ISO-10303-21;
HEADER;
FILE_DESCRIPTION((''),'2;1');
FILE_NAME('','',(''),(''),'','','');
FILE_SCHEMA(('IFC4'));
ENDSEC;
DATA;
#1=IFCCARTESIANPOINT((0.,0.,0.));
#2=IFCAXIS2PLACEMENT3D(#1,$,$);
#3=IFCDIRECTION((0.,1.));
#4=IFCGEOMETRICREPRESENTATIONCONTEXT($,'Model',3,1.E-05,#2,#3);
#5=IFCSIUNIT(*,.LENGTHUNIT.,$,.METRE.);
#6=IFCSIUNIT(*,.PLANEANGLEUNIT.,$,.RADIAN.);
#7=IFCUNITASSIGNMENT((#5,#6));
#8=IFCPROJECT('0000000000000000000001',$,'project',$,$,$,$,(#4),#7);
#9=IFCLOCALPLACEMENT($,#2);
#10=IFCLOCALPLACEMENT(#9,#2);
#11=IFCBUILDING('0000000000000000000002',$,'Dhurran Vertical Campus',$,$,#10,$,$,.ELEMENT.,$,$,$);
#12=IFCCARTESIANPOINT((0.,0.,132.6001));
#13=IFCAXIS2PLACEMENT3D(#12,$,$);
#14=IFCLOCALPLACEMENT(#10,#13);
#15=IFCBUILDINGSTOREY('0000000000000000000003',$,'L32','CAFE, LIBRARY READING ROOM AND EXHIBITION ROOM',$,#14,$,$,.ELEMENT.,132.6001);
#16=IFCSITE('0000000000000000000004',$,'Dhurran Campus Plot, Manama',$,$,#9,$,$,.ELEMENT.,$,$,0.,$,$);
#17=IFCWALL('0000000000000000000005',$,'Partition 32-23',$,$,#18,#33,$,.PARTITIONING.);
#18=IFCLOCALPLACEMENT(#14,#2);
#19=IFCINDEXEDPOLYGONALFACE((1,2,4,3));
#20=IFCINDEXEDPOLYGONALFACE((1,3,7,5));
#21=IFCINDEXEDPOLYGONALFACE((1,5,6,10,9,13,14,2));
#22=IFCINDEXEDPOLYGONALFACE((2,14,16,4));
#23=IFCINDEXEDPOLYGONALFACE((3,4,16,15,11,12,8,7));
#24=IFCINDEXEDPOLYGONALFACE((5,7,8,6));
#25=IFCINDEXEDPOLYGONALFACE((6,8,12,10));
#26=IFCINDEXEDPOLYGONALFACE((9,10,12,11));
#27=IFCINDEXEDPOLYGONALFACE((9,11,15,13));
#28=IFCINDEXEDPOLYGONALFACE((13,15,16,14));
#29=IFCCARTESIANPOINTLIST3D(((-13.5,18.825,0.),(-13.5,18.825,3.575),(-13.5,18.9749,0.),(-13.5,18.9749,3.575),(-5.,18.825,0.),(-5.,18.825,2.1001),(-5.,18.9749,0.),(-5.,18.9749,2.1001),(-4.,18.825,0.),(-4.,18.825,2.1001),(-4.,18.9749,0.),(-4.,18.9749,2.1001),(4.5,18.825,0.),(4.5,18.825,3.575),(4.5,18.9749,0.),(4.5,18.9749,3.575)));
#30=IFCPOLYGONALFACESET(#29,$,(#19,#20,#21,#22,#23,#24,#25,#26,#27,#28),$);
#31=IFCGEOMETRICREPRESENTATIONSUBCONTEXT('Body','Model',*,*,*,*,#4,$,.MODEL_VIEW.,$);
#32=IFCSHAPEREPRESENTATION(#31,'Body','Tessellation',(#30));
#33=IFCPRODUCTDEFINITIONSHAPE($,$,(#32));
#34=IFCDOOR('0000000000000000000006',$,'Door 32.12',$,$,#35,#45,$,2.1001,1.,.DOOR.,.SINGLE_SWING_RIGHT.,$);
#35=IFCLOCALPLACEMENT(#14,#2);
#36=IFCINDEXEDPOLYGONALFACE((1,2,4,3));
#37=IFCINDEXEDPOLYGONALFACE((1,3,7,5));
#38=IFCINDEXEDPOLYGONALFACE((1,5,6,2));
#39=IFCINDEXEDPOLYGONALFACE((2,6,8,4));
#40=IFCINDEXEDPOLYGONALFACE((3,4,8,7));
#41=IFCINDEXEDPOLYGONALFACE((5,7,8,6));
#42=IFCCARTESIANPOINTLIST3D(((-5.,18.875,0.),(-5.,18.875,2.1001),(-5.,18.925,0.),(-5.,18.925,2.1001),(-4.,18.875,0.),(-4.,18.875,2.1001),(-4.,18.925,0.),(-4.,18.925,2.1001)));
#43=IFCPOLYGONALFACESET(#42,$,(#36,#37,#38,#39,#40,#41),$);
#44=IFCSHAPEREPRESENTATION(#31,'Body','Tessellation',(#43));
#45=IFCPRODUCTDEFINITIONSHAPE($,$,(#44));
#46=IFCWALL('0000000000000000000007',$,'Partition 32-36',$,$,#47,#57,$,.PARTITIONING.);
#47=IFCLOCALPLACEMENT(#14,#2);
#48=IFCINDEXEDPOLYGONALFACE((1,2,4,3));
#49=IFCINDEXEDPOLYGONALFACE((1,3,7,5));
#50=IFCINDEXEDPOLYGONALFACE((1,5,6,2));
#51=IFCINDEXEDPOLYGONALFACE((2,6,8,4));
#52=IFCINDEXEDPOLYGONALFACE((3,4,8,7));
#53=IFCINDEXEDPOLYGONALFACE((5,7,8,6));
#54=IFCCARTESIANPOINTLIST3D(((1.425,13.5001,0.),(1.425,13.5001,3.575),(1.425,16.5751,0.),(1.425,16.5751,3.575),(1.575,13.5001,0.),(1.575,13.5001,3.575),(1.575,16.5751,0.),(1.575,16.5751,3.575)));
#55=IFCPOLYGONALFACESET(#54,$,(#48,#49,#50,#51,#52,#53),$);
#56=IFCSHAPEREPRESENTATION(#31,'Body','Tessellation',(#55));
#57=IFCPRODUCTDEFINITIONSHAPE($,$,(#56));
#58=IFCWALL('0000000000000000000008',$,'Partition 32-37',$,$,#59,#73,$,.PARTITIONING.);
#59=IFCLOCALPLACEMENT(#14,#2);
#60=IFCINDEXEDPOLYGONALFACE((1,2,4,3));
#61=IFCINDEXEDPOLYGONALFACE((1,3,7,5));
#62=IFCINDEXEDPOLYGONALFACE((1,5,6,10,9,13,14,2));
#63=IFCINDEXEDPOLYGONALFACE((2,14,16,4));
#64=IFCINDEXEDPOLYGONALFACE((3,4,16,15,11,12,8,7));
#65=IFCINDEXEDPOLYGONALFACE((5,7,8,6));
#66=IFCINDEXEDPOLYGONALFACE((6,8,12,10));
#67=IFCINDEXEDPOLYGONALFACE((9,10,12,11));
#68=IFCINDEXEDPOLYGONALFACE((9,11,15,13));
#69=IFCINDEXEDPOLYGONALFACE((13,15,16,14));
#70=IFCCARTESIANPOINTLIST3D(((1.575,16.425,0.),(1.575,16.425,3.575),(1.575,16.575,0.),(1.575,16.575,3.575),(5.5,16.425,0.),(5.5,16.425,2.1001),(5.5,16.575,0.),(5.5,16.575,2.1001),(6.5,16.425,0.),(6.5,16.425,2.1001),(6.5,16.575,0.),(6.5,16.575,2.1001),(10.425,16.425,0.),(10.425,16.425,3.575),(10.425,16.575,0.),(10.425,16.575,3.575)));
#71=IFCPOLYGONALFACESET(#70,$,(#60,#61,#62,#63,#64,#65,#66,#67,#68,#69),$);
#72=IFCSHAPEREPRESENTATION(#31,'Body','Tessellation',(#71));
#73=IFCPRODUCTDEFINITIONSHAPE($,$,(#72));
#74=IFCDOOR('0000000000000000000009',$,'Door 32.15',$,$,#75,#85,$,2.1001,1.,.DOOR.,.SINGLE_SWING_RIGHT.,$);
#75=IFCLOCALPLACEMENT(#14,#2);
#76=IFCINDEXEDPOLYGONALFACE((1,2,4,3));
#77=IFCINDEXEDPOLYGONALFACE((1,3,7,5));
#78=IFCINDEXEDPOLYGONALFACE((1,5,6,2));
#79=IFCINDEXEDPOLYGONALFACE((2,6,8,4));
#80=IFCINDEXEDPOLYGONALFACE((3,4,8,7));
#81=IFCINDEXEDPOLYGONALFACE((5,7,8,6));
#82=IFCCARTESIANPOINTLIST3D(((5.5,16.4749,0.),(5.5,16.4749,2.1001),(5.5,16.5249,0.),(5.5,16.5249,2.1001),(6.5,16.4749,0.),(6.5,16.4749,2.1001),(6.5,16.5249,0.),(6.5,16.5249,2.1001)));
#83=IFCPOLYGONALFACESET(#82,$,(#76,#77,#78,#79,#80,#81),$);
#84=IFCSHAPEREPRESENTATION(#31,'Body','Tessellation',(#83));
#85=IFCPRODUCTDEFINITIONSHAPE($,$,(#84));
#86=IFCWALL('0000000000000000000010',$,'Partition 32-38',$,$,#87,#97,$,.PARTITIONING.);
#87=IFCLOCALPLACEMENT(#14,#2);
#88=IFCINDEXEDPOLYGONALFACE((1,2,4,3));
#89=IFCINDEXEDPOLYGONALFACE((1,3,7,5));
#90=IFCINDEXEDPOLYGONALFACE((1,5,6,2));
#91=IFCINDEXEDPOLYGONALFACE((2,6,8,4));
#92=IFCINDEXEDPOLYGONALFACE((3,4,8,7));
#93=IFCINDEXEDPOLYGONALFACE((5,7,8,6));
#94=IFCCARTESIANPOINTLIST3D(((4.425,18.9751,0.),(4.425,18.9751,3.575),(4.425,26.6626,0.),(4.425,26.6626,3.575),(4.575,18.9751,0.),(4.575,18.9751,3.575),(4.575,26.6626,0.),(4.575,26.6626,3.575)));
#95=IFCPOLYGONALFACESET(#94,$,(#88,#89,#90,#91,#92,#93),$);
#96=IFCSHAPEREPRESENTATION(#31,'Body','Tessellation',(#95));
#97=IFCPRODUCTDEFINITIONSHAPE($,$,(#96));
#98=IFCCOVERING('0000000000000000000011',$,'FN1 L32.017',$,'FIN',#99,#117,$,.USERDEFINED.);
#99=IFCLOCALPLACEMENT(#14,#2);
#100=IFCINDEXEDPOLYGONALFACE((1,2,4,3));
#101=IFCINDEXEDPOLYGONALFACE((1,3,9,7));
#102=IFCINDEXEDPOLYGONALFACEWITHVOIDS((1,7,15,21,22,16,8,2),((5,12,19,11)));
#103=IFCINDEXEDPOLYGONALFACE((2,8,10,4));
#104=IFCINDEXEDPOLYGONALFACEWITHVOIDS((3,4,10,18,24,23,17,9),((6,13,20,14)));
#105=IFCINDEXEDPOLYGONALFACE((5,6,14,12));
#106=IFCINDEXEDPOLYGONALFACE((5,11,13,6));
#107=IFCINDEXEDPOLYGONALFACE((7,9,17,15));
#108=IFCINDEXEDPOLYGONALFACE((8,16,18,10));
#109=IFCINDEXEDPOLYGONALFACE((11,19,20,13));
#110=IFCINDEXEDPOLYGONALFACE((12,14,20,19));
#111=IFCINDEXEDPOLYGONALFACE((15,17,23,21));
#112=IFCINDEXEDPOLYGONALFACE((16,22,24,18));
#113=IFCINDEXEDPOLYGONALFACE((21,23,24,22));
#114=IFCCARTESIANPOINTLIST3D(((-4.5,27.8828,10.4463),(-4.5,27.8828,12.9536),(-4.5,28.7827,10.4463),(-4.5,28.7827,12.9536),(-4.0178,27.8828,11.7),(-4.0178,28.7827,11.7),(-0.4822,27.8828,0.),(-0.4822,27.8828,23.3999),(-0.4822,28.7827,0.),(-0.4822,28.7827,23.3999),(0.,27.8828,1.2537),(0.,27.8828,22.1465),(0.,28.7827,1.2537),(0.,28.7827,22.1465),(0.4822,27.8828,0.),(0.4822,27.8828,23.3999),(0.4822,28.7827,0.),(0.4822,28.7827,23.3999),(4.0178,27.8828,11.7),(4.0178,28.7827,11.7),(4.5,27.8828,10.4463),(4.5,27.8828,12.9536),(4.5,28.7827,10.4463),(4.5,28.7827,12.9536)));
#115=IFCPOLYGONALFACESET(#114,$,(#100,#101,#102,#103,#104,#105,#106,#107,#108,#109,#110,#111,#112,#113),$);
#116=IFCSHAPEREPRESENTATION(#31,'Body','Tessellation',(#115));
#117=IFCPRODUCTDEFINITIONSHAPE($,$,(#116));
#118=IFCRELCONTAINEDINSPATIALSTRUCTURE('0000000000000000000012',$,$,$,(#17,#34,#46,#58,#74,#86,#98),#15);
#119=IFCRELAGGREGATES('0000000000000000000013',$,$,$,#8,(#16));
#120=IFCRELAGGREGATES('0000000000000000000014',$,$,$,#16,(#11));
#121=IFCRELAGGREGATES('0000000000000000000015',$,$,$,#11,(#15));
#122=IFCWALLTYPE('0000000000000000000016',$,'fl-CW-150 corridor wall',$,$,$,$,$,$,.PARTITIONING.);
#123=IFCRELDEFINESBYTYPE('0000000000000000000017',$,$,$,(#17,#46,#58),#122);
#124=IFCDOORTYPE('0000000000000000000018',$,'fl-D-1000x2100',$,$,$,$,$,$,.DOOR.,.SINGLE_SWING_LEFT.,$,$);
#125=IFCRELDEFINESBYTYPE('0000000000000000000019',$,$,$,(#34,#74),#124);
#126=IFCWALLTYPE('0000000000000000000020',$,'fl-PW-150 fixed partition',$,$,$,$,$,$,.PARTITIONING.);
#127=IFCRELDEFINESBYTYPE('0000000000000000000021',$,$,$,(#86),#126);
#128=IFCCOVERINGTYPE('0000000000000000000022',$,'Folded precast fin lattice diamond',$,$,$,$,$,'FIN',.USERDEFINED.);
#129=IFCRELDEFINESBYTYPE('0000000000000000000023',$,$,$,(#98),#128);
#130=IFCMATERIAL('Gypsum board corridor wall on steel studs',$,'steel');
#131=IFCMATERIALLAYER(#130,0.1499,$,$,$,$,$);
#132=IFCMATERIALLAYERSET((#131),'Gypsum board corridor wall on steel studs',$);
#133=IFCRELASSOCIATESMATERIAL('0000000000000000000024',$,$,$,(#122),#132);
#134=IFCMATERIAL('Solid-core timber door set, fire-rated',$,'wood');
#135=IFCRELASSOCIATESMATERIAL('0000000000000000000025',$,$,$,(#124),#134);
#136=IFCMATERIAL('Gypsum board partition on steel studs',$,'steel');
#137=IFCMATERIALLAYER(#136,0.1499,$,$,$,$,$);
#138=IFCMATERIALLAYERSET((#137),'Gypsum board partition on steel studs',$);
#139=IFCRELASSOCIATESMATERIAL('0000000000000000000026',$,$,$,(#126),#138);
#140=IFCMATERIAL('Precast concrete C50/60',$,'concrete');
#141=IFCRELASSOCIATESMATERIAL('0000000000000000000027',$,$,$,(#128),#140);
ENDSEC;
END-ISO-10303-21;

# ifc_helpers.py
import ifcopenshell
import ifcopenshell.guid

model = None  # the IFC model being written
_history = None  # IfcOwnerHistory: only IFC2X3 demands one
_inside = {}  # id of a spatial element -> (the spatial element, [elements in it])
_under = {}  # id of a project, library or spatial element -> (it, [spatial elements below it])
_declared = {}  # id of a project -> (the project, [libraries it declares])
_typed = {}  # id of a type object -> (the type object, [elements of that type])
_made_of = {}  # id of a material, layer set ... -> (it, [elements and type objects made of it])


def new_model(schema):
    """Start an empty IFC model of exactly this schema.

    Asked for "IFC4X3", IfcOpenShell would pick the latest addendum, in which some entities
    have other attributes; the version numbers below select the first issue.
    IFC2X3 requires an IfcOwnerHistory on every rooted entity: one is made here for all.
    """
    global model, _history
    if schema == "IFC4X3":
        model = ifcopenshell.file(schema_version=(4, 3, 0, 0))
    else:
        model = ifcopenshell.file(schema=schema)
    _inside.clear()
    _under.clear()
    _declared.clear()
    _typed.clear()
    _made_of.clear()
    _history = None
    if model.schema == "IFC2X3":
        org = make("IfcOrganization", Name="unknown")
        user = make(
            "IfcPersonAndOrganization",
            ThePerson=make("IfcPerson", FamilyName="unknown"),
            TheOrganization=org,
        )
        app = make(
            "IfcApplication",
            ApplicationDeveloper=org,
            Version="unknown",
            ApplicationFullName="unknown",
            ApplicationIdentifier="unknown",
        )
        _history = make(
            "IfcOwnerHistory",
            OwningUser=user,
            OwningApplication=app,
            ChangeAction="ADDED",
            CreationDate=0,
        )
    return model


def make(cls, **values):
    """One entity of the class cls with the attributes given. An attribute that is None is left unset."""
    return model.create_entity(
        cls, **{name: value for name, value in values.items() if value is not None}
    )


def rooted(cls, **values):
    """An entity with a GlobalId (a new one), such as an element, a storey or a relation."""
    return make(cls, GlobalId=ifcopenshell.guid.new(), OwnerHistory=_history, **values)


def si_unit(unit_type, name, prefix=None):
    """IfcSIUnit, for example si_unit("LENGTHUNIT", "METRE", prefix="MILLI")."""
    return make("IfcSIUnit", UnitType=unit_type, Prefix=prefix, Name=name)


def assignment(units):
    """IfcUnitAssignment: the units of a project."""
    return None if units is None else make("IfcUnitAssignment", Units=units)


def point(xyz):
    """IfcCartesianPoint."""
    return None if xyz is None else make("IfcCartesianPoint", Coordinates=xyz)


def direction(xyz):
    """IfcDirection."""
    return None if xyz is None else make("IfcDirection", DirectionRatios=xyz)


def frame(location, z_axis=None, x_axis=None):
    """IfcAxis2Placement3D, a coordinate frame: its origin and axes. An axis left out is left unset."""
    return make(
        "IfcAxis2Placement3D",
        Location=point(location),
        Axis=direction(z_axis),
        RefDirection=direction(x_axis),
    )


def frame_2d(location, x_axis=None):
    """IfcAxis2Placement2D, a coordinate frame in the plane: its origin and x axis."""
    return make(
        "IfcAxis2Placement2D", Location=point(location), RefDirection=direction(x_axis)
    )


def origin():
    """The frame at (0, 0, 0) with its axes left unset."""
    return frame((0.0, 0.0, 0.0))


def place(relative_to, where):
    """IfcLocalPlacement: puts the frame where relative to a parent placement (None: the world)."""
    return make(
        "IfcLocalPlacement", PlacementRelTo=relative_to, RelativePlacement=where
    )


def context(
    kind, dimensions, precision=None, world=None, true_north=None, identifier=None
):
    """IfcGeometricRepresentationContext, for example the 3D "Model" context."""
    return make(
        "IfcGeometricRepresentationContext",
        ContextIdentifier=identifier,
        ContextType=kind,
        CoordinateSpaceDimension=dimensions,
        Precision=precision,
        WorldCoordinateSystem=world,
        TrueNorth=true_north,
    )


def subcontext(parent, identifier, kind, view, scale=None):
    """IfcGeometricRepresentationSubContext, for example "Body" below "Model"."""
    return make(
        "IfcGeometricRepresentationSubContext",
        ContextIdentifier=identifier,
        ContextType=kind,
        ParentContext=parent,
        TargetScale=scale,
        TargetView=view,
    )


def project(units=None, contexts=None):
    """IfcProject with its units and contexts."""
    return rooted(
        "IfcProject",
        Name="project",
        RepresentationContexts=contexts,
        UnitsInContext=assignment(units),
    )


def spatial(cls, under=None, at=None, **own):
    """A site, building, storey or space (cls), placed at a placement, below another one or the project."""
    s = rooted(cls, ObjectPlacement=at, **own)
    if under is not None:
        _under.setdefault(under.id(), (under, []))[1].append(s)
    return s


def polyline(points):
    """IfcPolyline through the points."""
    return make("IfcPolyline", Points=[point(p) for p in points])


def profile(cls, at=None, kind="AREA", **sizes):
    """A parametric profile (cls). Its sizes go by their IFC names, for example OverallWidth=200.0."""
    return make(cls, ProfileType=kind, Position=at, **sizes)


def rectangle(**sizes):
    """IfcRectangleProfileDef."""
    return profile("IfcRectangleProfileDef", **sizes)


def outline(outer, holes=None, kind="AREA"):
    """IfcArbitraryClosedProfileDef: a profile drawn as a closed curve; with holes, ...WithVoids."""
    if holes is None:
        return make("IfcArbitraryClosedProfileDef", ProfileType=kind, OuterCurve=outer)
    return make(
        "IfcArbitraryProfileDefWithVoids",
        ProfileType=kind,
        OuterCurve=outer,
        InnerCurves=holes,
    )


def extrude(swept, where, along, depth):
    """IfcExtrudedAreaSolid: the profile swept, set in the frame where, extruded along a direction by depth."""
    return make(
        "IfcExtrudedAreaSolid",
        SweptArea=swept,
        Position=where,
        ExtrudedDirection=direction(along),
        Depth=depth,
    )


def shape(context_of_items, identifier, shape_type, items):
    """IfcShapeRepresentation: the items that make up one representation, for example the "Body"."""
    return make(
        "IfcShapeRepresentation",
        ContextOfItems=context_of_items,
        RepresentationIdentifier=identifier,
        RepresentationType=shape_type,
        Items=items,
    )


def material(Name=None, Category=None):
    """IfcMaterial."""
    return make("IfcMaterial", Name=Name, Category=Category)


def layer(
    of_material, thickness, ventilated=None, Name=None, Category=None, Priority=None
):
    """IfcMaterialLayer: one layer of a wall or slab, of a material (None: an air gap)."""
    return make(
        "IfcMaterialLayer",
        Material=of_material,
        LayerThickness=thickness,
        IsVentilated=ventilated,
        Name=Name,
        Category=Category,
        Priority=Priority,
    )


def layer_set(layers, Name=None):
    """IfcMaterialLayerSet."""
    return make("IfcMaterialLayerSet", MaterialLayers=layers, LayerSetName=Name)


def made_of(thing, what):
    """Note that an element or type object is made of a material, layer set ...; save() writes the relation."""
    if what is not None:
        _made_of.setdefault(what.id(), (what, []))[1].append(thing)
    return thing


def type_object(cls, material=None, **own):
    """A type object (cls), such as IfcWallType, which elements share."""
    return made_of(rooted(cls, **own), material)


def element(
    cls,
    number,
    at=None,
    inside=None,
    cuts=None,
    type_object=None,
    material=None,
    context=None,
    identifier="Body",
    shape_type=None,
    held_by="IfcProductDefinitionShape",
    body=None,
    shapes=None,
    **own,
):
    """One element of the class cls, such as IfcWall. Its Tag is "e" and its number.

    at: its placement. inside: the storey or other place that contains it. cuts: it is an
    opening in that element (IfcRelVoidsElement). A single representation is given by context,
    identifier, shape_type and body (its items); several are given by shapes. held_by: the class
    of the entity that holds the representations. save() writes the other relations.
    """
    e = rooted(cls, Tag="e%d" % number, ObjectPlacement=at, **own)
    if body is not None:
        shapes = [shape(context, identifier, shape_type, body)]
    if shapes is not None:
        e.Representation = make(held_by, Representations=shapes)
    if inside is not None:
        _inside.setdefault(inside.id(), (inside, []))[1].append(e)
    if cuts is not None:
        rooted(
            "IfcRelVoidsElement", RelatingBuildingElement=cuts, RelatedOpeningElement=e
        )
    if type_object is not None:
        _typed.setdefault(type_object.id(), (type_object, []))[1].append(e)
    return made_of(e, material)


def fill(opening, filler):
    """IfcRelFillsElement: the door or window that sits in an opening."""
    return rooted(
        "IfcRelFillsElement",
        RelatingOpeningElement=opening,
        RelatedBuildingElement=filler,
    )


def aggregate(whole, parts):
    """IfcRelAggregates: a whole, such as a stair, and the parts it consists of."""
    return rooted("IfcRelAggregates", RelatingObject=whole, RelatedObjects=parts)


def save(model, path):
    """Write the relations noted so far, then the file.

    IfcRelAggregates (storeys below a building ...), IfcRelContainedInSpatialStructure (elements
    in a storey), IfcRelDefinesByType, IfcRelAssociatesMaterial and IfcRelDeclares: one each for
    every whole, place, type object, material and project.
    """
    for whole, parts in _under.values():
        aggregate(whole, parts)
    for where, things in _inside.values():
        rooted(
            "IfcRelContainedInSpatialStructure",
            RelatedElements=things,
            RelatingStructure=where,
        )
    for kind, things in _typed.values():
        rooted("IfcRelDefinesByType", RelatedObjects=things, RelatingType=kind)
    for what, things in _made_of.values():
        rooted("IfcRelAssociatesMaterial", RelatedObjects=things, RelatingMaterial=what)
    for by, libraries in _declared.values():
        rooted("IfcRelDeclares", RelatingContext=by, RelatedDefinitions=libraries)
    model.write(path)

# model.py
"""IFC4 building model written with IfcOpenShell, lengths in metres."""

from ifc_helpers import new_model, si_unit, direction, frame, frame_2d, origin, place, context, subcontext, project, spatial, polyline, rectangle, outline, extrude, material, layer, layer_set, type_object, element, fill, save


model = new_model("IFC4")

# Units and contexts
model_context = context("Model", 3, precision=1e-05, world=origin(), true_north=direction((0.0, 1.0)))
body_context = subcontext(model_context, "Body", "Model", "MODEL_VIEW")
ifc_project = project(units=[si_unit("LENGTHUNIT", "METRE"), si_unit("PLANEANGLEUNIT", "RADIAN")], contexts=[model_context])

# Site, building, storey
site_placement = place(None, origin())
site = spatial("IfcSite", under=ifc_project, at=site_placement, Name="Dhurran Campus Plot, Manama", CompositionType="ELEMENT", RefElevation=0.0)
building_placement = place(site_placement, origin())
building = spatial("IfcBuilding", under=site, at=building_placement, Name="Dhurran Vertical Campus", CompositionType="ELEMENT")
storey_placement = place(building_placement, frame((0.0, 0.0, 132.6001)))
storey = spatial("IfcBuildingStorey", under=building, at=storey_placement, Name="L32", Description="CAFE, LIBRARY READING ROOM AND EXHIBITION ROOM", CompositionType="ELEMENT", Elevation=132.6001)

# Wall, opening, door
ifc_material_1 = material(Name="Gypsum board corridor wall on steel studs", Category="steel")
ifc_layer_1 = layer(ifc_material_1, 0.1499)
ifc_layer_set_1 = layer_set([ifc_layer_1], Name="Gypsum board corridor wall on steel studs")
wall_type_1 = type_object("IfcWallType", Name="fl-CW-150 corridor wall", PredefinedType="PARTITIONING", material=ifc_layer_set_1)
wall_1_placement = place(storey_placement, frame((4.5, 18.8999, 0.0), z_axis=(0.0, 0.0, 1.0), x_axis=(-1.0, 0.0, 0.0)))
wall_1 = element("IfcWall", 1, at=wall_1_placement, inside=storey, type_object=wall_type_1, Name="Partition 32-23", PredefinedType="PARTITIONING", context=body_context, shape_type="SweptSolid", body=[
    extrude(rectangle(XDim=18.0, YDim=0.1499, at=frame_2d((9.0, 0.0))), origin(), (0.0, 0.0, 1.0), 3.575),
])
opening_1_placement = place(wall_1_placement, frame((8.5, 0.0, 0.0)))
opening_1 = element("IfcOpeningElement", 2, at=opening_1_placement, cuts=wall_1, PredefinedType="OPENING", context=body_context, shape_type="SweptSolid", body=[
    extrude(rectangle(XDim=1.0, YDim=2.1001, at=frame_2d((0.5, 1.05))), frame((0.0, 0.085, 0.0), z_axis=(0.0, -1.0, 0.0), x_axis=(1.0, 0.0, 0.0)), (0.0, 0.0, 1.0), 0.1699),
])
ifc_material_2 = material(Name="Solid-core timber door set, fire-rated", Category="wood")
door_type = type_object("IfcDoorType", Name="fl-D-1000x2100", OperationType="SINGLE_SWING_LEFT", PredefinedType="DOOR", material=ifc_material_2)
door_1_placement = place(opening_1_placement, origin())
door_1 = element("IfcDoor", 3, at=door_1_placement, inside=storey, type_object=door_type, Name="Door 32.12", OperationType="SINGLE_SWING_RIGHT", OverallHeight=2.1001, OverallWidth=1.0, PredefinedType="DOOR", context=body_context, shape_type="SweptSolid", body=[
    extrude(rectangle(XDim=1.0, YDim=2.1001, at=frame_2d((0.5, 1.05))), frame((0.0, 0.0249, 0.0), z_axis=(0.0, -1.0, 0.0), x_axis=(1.0, 0.0, 0.0)), (0.0, 0.0, 1.0), 0.05),
])
fill(opening_1, door_1)

# Wall
wall_2_placement = place(storey_placement, frame((1.5, 13.5, 0.0), z_axis=(0.0, 0.0, 1.0), x_axis=(0.0, 1.0, 0.0)))
element("IfcWall", 4, at=wall_2_placement, inside=storey, type_object=wall_type_1, Name="Partition 32-36", PredefinedType="PARTITIONING", context=body_context, shape_type="SweptSolid", body=[
    extrude(rectangle(XDim=3.075, YDim=0.1499, at=frame_2d((1.5376, 0.0))), origin(), (0.0, 0.0, 1.0), 3.575),
])

# Wall, opening, door
wall_3_placement = place(storey_placement, frame((1.575, 16.5, 0.0), z_axis=(0.0, 0.0, 1.0), x_axis=(1.0, 0.0, 0.0)))
wall_3 = element("IfcWall", 5, at=wall_3_placement, inside=storey, type_object=wall_type_1, Name="Partition 32-37", PredefinedType="PARTITIONING", context=body_context, shape_type="SweptSolid", body=[
    extrude(rectangle(XDim=8.8501, YDim=0.1499, at=frame_2d((4.425, 0.0))), origin(), (0.0, 0.0, 1.0), 3.575),
])
opening_2_placement = place(wall_3_placement, frame((3.925, 0.0, 0.0)))
opening_2 = element("IfcOpeningElement", 6, at=opening_2_placement, cuts=wall_3, PredefinedType="OPENING", context=body_context, shape_type="SweptSolid", body=[
    extrude(rectangle(XDim=1.0, YDim=2.1001, at=frame_2d((0.5, 1.05))), frame((0.0, 0.085, 0.0), z_axis=(0.0, -1.0, 0.0), x_axis=(1.0, 0.0, 0.0)), (0.0, 0.0, 1.0), 0.1699),
])
door_2_placement = place(opening_2_placement, origin())
door_2 = element("IfcDoor", 7, at=door_2_placement, inside=storey, type_object=door_type, Name="Door 32.15", OperationType="SINGLE_SWING_RIGHT", OverallHeight=2.1001, OverallWidth=1.0, PredefinedType="DOOR", context=body_context, shape_type="SweptSolid", body=[
    extrude(rectangle(XDim=1.0, YDim=2.1001, at=frame_2d((0.5, 1.05))), frame((0.0, 0.0249, 0.0), z_axis=(0.0, -1.0, 0.0), x_axis=(1.0, 0.0, 0.0)), (0.0, 0.0, 1.0), 0.05),
])
fill(opening_2, door_2)

# Wall
ifc_material_3 = material(Name="Gypsum board partition on steel studs", Category="steel")
ifc_layer_2 = layer(ifc_material_3, 0.1499)
ifc_layer_set_2 = layer_set([ifc_layer_2], Name="Gypsum board partition on steel studs")
wall_type_2 = type_object("IfcWallType", Name="fl-PW-150 fixed partition", PredefinedType="PARTITIONING", material=ifc_layer_set_2)
wall_4_placement = place(storey_placement, frame((4.5, 26.6626, 0.0), z_axis=(0.0, 0.0, 1.0), x_axis=(0.0, -1.0, 0.0)))
element("IfcWall", 8, at=wall_4_placement, inside=storey, type_object=wall_type_2, Name="Partition 32-38", PredefinedType="PARTITIONING", context=body_context, shape_type="SweptSolid", body=[
    extrude(rectangle(XDim=7.6875, YDim=0.1499, at=frame_2d((3.8438, 0.0))), origin(), (0.0, 0.0, 1.0), 3.575),
])

# Covering
ifc_material_4 = material(Name="Precast concrete C50/60", Category="concrete")
covering_type = type_object("IfcCoveringType", Name="Folded precast fin lattice diamond", ElementType="FIN", PredefinedType="USERDEFINED", material=ifc_material_4)
covering_placement = place(storey_placement, frame((4.5, 27.8828, 0.0), z_axis=(0.0, 1.0, 0.0), x_axis=(-1.0, 0.0, 0.0)))
element("IfcCovering", 9, at=covering_placement, inside=storey, type_object=covering_type, Name="FN1 L32.017", ObjectType="FIN", PredefinedType="USERDEFINED", context=body_context, shape_type="SweptSolid", body=[
    extrude(outline(polyline([(9.0, 12.9536), (9.0, 10.4463), (4.9822, 0.0), (4.0178, 0.0), (0.0, 10.4463), (0.0, 12.9536), (4.0178, 23.3999), (4.9822, 23.3999), (9.0, 12.9536)]), holes=[polyline([(8.5178, 11.7), (4.5, 22.1465), (0.4822, 11.7), (4.5, 1.2537), (8.5178, 11.7)])]), origin(), (0.0, 0.0, 1.0), 0.8999),
])

save(model, "model.ifc")
